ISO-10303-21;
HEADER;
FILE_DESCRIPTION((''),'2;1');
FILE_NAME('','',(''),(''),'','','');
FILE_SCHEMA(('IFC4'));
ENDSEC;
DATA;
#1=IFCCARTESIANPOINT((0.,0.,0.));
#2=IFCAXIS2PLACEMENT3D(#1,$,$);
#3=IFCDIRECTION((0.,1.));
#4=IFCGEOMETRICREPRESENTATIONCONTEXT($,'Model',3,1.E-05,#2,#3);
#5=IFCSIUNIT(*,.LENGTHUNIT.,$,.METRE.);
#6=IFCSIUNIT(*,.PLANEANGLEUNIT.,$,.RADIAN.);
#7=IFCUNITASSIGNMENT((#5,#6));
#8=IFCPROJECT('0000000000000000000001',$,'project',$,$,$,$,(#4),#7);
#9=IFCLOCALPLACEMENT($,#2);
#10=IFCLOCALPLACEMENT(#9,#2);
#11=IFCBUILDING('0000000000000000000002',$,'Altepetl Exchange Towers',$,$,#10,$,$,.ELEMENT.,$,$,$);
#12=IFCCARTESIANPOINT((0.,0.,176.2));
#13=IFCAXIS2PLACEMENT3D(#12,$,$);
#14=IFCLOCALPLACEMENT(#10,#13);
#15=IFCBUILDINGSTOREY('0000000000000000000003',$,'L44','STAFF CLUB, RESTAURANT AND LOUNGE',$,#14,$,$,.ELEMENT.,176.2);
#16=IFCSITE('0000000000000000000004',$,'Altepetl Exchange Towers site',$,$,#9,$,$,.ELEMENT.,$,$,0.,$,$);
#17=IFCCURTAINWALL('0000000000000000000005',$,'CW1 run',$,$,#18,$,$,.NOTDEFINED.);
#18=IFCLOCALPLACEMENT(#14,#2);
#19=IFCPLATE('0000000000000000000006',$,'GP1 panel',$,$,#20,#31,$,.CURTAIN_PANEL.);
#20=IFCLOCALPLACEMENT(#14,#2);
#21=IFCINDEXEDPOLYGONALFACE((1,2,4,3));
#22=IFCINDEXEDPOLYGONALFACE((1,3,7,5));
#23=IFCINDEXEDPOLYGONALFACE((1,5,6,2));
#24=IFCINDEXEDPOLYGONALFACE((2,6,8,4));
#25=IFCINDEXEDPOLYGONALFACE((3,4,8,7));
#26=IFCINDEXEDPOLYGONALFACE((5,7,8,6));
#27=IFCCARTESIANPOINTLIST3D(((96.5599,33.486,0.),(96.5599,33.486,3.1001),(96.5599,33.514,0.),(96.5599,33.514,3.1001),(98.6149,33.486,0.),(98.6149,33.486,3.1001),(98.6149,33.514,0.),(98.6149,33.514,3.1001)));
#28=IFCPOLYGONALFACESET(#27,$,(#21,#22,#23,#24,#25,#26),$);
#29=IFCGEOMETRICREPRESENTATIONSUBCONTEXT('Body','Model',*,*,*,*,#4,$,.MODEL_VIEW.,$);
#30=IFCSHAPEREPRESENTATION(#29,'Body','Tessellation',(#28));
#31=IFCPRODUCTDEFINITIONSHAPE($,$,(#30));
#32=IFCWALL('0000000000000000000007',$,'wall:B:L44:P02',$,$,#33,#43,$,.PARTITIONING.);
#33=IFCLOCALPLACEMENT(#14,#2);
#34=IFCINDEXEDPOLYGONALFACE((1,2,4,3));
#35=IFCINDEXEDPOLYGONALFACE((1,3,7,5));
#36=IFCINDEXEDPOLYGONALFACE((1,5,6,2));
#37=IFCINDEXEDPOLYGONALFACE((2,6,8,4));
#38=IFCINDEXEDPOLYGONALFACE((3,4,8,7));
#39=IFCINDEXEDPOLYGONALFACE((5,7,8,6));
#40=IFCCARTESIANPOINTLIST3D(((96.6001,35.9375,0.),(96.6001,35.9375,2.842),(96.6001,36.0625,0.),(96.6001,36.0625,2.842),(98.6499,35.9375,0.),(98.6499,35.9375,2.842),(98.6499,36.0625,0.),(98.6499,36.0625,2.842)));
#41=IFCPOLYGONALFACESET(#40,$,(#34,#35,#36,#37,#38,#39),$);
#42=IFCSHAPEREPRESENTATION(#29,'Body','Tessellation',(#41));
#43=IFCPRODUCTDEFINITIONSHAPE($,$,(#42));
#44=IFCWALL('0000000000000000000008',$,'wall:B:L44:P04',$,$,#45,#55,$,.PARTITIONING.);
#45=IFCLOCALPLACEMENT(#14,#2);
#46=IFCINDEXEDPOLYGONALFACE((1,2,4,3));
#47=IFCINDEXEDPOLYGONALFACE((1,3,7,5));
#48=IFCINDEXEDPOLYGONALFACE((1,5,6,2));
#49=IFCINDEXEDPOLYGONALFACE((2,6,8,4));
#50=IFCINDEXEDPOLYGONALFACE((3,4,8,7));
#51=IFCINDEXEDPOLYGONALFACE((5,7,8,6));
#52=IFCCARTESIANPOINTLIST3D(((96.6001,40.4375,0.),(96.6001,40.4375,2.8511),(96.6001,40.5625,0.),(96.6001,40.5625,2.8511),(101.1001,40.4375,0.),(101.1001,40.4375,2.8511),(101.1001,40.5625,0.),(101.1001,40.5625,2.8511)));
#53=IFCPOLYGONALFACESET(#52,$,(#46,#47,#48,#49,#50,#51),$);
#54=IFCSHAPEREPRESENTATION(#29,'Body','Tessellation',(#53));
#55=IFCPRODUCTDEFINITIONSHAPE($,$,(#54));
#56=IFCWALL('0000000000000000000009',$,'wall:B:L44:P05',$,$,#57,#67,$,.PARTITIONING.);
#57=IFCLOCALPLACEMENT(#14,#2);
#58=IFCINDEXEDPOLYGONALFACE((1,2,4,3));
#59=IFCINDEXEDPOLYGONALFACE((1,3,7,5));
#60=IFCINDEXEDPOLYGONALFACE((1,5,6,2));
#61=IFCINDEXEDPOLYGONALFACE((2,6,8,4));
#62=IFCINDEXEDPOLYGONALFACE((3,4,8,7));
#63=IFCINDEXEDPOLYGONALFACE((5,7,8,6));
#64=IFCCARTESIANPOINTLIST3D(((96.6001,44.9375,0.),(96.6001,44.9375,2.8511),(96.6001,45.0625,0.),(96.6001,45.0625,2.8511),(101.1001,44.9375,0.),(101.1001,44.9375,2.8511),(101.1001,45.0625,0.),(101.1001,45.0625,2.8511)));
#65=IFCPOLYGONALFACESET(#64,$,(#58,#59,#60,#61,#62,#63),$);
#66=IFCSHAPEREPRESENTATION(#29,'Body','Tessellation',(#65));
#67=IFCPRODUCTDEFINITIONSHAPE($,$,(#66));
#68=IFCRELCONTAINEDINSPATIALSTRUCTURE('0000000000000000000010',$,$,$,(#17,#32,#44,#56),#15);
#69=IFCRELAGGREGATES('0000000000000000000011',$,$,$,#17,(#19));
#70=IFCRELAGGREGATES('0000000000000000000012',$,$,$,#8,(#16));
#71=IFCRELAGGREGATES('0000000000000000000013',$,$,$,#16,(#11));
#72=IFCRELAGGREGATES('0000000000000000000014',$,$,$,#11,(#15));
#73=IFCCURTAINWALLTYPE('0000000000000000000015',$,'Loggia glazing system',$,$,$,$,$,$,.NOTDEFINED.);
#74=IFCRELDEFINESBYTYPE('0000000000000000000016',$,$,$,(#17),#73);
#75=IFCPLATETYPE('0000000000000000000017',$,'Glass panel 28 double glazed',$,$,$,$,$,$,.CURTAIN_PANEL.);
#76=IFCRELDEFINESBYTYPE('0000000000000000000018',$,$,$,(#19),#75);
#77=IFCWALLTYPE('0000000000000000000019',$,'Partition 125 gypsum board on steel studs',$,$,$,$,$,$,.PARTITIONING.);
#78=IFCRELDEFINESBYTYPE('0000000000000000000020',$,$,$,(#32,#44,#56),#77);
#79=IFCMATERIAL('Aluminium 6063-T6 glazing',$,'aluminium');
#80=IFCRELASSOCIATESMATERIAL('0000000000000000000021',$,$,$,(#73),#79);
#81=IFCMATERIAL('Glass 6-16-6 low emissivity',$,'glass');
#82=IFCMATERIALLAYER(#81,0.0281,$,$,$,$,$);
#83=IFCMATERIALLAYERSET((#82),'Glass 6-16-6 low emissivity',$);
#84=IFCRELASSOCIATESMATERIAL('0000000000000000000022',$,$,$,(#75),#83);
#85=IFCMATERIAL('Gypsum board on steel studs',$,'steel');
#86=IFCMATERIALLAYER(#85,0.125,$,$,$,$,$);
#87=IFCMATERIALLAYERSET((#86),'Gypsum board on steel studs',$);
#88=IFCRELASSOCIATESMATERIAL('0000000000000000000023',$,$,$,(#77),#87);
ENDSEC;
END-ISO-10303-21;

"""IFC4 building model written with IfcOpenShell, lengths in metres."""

from ifc_helpers import new_model, si_unit, direction, frame, frame_2d, origin, origin_2d, place, context, subcontext, project, spatial, rectangle, extrude, material, layer, layer_set, type_object, element, aggregate, save


model = new_model("IFC4")

# Units and contexts
model_context = context("Model", 3, precision=1e-05, world=origin(), true_north=direction((0.0, 1.0)))
body_context = subcontext(model_context, "Body", "Model", "MODEL_VIEW")
ifc_project = project(units=[si_unit("LENGTHUNIT", "METRE"), si_unit("PLANEANGLEUNIT", "RADIAN")], contexts=[model_context])

# Site, building, storey
site_placement = place(None, origin())
site = spatial("IfcSite", under=ifc_project, at=site_placement, Name="Altepetl Exchange Towers site", CompositionType="ELEMENT", RefElevation=0.0)
building_placement = place(site_placement, origin())
building = spatial("IfcBuilding", under=site, at=building_placement, Name="Altepetl Exchange Towers", CompositionType="ELEMENT")
storey_placement = place(building_placement, frame((0.0, 0.0, 176.2)))
storey = spatial("IfcBuildingStorey", under=building, at=storey_placement, Name="L44", Description="STAFF CLUB, RESTAURANT AND LOUNGE", CompositionType="ELEMENT", Elevation=176.2)

# Curtain wall
ifc_material_1 = material(Name="Aluminium 6063-T6 glazing", Category="aluminium")
curtain_wall_type = type_object("IfcCurtainWallType", Name="Loggia glazing system", PredefinedType="NOTDEFINED", material=ifc_material_1)
curtain_wall_1_placement = place(storey_placement, origin())
curtain_wall_1 = element("IfcCurtainWall", 1, at=curtain_wall_1_placement, inside=storey, type_object=curtain_wall_type, Name="CW1 run", PredefinedType="NOTDEFINED")

# Plate
ifc_material_2 = material(Name="Glass 6-16-6 low emissivity", Category="glass")
ifc_layer_1 = layer(ifc_material_2, 0.0281)
ifc_layer_set_1 = layer_set([ifc_layer_1], Name="Glass 6-16-6 low emissivity")
plate_type = type_object("IfcPlateType", Name="Glass panel 28 double glazed", PredefinedType="CURTAIN_PANEL", material=ifc_layer_set_1)
plate_1_placement = place(storey_placement, frame((97.5874, 33.5, 0.0)))
plate_1 = element("IfcPlate", 2, at=plate_1_placement, type_object=plate_type, Name="GP1 panel", PredefinedType="CURTAIN_PANEL", context=body_context, shape_type="SweptSolid", body=[
    extrude(rectangle(XDim=2.0549, YDim=0.0281, at=origin_2d()), origin(), (0.0, 0.0, 1.0), 3.1001),
])
aggregate(curtain_wall_1, [plate_1])

# Walls
ifc_material_3 = material(Name="Gypsum board on steel studs", Category="steel")
ifc_layer_2 = layer(ifc_material_3, 0.125)
ifc_layer_set_2 = layer_set([ifc_layer_2], Name="Gypsum board on steel studs")
wall_type = type_object("IfcWallType", Name="Partition 125 gypsum board on steel studs", PredefinedType="PARTITIONING", material=ifc_layer_set_2)
wall_placement = place(storey_placement, frame((96.6001, 36.0, 0.0)))
element("IfcWall", 3, at=wall_placement, inside=storey, type_object=wall_type, Name="wall:B:L44:P02", PredefinedType="PARTITIONING", context=body_context, shape_type="SweptSolid", body=[
    extrude(rectangle(XDim=2.0498, YDim=0.125, at=frame_2d((1.0249, 0.0))), origin(), (0.0, 0.0, 1.0), 2.842),
])
for number, where, name in (
    (4, (96.6001, 40.5, 0.0), "wall:B:L44:P04"),
    (5, (96.6001, 45.0, 0.0), "wall:B:L44:P05"),
):
    element("IfcWall", number, at=place(storey_placement, frame(where)), inside=storey, type_object=wall_type, Name=name, PredefinedType="PARTITIONING", context=body_context, shape_type="SweptSolid", body=[
        extrude(rectangle(XDim=4.5, YDim=0.125, at=frame_2d((2.25, 0.0))), origin(), (0.0, 0.0, 1.0), 2.8511),
    ])

save(model, "model.ifc")
